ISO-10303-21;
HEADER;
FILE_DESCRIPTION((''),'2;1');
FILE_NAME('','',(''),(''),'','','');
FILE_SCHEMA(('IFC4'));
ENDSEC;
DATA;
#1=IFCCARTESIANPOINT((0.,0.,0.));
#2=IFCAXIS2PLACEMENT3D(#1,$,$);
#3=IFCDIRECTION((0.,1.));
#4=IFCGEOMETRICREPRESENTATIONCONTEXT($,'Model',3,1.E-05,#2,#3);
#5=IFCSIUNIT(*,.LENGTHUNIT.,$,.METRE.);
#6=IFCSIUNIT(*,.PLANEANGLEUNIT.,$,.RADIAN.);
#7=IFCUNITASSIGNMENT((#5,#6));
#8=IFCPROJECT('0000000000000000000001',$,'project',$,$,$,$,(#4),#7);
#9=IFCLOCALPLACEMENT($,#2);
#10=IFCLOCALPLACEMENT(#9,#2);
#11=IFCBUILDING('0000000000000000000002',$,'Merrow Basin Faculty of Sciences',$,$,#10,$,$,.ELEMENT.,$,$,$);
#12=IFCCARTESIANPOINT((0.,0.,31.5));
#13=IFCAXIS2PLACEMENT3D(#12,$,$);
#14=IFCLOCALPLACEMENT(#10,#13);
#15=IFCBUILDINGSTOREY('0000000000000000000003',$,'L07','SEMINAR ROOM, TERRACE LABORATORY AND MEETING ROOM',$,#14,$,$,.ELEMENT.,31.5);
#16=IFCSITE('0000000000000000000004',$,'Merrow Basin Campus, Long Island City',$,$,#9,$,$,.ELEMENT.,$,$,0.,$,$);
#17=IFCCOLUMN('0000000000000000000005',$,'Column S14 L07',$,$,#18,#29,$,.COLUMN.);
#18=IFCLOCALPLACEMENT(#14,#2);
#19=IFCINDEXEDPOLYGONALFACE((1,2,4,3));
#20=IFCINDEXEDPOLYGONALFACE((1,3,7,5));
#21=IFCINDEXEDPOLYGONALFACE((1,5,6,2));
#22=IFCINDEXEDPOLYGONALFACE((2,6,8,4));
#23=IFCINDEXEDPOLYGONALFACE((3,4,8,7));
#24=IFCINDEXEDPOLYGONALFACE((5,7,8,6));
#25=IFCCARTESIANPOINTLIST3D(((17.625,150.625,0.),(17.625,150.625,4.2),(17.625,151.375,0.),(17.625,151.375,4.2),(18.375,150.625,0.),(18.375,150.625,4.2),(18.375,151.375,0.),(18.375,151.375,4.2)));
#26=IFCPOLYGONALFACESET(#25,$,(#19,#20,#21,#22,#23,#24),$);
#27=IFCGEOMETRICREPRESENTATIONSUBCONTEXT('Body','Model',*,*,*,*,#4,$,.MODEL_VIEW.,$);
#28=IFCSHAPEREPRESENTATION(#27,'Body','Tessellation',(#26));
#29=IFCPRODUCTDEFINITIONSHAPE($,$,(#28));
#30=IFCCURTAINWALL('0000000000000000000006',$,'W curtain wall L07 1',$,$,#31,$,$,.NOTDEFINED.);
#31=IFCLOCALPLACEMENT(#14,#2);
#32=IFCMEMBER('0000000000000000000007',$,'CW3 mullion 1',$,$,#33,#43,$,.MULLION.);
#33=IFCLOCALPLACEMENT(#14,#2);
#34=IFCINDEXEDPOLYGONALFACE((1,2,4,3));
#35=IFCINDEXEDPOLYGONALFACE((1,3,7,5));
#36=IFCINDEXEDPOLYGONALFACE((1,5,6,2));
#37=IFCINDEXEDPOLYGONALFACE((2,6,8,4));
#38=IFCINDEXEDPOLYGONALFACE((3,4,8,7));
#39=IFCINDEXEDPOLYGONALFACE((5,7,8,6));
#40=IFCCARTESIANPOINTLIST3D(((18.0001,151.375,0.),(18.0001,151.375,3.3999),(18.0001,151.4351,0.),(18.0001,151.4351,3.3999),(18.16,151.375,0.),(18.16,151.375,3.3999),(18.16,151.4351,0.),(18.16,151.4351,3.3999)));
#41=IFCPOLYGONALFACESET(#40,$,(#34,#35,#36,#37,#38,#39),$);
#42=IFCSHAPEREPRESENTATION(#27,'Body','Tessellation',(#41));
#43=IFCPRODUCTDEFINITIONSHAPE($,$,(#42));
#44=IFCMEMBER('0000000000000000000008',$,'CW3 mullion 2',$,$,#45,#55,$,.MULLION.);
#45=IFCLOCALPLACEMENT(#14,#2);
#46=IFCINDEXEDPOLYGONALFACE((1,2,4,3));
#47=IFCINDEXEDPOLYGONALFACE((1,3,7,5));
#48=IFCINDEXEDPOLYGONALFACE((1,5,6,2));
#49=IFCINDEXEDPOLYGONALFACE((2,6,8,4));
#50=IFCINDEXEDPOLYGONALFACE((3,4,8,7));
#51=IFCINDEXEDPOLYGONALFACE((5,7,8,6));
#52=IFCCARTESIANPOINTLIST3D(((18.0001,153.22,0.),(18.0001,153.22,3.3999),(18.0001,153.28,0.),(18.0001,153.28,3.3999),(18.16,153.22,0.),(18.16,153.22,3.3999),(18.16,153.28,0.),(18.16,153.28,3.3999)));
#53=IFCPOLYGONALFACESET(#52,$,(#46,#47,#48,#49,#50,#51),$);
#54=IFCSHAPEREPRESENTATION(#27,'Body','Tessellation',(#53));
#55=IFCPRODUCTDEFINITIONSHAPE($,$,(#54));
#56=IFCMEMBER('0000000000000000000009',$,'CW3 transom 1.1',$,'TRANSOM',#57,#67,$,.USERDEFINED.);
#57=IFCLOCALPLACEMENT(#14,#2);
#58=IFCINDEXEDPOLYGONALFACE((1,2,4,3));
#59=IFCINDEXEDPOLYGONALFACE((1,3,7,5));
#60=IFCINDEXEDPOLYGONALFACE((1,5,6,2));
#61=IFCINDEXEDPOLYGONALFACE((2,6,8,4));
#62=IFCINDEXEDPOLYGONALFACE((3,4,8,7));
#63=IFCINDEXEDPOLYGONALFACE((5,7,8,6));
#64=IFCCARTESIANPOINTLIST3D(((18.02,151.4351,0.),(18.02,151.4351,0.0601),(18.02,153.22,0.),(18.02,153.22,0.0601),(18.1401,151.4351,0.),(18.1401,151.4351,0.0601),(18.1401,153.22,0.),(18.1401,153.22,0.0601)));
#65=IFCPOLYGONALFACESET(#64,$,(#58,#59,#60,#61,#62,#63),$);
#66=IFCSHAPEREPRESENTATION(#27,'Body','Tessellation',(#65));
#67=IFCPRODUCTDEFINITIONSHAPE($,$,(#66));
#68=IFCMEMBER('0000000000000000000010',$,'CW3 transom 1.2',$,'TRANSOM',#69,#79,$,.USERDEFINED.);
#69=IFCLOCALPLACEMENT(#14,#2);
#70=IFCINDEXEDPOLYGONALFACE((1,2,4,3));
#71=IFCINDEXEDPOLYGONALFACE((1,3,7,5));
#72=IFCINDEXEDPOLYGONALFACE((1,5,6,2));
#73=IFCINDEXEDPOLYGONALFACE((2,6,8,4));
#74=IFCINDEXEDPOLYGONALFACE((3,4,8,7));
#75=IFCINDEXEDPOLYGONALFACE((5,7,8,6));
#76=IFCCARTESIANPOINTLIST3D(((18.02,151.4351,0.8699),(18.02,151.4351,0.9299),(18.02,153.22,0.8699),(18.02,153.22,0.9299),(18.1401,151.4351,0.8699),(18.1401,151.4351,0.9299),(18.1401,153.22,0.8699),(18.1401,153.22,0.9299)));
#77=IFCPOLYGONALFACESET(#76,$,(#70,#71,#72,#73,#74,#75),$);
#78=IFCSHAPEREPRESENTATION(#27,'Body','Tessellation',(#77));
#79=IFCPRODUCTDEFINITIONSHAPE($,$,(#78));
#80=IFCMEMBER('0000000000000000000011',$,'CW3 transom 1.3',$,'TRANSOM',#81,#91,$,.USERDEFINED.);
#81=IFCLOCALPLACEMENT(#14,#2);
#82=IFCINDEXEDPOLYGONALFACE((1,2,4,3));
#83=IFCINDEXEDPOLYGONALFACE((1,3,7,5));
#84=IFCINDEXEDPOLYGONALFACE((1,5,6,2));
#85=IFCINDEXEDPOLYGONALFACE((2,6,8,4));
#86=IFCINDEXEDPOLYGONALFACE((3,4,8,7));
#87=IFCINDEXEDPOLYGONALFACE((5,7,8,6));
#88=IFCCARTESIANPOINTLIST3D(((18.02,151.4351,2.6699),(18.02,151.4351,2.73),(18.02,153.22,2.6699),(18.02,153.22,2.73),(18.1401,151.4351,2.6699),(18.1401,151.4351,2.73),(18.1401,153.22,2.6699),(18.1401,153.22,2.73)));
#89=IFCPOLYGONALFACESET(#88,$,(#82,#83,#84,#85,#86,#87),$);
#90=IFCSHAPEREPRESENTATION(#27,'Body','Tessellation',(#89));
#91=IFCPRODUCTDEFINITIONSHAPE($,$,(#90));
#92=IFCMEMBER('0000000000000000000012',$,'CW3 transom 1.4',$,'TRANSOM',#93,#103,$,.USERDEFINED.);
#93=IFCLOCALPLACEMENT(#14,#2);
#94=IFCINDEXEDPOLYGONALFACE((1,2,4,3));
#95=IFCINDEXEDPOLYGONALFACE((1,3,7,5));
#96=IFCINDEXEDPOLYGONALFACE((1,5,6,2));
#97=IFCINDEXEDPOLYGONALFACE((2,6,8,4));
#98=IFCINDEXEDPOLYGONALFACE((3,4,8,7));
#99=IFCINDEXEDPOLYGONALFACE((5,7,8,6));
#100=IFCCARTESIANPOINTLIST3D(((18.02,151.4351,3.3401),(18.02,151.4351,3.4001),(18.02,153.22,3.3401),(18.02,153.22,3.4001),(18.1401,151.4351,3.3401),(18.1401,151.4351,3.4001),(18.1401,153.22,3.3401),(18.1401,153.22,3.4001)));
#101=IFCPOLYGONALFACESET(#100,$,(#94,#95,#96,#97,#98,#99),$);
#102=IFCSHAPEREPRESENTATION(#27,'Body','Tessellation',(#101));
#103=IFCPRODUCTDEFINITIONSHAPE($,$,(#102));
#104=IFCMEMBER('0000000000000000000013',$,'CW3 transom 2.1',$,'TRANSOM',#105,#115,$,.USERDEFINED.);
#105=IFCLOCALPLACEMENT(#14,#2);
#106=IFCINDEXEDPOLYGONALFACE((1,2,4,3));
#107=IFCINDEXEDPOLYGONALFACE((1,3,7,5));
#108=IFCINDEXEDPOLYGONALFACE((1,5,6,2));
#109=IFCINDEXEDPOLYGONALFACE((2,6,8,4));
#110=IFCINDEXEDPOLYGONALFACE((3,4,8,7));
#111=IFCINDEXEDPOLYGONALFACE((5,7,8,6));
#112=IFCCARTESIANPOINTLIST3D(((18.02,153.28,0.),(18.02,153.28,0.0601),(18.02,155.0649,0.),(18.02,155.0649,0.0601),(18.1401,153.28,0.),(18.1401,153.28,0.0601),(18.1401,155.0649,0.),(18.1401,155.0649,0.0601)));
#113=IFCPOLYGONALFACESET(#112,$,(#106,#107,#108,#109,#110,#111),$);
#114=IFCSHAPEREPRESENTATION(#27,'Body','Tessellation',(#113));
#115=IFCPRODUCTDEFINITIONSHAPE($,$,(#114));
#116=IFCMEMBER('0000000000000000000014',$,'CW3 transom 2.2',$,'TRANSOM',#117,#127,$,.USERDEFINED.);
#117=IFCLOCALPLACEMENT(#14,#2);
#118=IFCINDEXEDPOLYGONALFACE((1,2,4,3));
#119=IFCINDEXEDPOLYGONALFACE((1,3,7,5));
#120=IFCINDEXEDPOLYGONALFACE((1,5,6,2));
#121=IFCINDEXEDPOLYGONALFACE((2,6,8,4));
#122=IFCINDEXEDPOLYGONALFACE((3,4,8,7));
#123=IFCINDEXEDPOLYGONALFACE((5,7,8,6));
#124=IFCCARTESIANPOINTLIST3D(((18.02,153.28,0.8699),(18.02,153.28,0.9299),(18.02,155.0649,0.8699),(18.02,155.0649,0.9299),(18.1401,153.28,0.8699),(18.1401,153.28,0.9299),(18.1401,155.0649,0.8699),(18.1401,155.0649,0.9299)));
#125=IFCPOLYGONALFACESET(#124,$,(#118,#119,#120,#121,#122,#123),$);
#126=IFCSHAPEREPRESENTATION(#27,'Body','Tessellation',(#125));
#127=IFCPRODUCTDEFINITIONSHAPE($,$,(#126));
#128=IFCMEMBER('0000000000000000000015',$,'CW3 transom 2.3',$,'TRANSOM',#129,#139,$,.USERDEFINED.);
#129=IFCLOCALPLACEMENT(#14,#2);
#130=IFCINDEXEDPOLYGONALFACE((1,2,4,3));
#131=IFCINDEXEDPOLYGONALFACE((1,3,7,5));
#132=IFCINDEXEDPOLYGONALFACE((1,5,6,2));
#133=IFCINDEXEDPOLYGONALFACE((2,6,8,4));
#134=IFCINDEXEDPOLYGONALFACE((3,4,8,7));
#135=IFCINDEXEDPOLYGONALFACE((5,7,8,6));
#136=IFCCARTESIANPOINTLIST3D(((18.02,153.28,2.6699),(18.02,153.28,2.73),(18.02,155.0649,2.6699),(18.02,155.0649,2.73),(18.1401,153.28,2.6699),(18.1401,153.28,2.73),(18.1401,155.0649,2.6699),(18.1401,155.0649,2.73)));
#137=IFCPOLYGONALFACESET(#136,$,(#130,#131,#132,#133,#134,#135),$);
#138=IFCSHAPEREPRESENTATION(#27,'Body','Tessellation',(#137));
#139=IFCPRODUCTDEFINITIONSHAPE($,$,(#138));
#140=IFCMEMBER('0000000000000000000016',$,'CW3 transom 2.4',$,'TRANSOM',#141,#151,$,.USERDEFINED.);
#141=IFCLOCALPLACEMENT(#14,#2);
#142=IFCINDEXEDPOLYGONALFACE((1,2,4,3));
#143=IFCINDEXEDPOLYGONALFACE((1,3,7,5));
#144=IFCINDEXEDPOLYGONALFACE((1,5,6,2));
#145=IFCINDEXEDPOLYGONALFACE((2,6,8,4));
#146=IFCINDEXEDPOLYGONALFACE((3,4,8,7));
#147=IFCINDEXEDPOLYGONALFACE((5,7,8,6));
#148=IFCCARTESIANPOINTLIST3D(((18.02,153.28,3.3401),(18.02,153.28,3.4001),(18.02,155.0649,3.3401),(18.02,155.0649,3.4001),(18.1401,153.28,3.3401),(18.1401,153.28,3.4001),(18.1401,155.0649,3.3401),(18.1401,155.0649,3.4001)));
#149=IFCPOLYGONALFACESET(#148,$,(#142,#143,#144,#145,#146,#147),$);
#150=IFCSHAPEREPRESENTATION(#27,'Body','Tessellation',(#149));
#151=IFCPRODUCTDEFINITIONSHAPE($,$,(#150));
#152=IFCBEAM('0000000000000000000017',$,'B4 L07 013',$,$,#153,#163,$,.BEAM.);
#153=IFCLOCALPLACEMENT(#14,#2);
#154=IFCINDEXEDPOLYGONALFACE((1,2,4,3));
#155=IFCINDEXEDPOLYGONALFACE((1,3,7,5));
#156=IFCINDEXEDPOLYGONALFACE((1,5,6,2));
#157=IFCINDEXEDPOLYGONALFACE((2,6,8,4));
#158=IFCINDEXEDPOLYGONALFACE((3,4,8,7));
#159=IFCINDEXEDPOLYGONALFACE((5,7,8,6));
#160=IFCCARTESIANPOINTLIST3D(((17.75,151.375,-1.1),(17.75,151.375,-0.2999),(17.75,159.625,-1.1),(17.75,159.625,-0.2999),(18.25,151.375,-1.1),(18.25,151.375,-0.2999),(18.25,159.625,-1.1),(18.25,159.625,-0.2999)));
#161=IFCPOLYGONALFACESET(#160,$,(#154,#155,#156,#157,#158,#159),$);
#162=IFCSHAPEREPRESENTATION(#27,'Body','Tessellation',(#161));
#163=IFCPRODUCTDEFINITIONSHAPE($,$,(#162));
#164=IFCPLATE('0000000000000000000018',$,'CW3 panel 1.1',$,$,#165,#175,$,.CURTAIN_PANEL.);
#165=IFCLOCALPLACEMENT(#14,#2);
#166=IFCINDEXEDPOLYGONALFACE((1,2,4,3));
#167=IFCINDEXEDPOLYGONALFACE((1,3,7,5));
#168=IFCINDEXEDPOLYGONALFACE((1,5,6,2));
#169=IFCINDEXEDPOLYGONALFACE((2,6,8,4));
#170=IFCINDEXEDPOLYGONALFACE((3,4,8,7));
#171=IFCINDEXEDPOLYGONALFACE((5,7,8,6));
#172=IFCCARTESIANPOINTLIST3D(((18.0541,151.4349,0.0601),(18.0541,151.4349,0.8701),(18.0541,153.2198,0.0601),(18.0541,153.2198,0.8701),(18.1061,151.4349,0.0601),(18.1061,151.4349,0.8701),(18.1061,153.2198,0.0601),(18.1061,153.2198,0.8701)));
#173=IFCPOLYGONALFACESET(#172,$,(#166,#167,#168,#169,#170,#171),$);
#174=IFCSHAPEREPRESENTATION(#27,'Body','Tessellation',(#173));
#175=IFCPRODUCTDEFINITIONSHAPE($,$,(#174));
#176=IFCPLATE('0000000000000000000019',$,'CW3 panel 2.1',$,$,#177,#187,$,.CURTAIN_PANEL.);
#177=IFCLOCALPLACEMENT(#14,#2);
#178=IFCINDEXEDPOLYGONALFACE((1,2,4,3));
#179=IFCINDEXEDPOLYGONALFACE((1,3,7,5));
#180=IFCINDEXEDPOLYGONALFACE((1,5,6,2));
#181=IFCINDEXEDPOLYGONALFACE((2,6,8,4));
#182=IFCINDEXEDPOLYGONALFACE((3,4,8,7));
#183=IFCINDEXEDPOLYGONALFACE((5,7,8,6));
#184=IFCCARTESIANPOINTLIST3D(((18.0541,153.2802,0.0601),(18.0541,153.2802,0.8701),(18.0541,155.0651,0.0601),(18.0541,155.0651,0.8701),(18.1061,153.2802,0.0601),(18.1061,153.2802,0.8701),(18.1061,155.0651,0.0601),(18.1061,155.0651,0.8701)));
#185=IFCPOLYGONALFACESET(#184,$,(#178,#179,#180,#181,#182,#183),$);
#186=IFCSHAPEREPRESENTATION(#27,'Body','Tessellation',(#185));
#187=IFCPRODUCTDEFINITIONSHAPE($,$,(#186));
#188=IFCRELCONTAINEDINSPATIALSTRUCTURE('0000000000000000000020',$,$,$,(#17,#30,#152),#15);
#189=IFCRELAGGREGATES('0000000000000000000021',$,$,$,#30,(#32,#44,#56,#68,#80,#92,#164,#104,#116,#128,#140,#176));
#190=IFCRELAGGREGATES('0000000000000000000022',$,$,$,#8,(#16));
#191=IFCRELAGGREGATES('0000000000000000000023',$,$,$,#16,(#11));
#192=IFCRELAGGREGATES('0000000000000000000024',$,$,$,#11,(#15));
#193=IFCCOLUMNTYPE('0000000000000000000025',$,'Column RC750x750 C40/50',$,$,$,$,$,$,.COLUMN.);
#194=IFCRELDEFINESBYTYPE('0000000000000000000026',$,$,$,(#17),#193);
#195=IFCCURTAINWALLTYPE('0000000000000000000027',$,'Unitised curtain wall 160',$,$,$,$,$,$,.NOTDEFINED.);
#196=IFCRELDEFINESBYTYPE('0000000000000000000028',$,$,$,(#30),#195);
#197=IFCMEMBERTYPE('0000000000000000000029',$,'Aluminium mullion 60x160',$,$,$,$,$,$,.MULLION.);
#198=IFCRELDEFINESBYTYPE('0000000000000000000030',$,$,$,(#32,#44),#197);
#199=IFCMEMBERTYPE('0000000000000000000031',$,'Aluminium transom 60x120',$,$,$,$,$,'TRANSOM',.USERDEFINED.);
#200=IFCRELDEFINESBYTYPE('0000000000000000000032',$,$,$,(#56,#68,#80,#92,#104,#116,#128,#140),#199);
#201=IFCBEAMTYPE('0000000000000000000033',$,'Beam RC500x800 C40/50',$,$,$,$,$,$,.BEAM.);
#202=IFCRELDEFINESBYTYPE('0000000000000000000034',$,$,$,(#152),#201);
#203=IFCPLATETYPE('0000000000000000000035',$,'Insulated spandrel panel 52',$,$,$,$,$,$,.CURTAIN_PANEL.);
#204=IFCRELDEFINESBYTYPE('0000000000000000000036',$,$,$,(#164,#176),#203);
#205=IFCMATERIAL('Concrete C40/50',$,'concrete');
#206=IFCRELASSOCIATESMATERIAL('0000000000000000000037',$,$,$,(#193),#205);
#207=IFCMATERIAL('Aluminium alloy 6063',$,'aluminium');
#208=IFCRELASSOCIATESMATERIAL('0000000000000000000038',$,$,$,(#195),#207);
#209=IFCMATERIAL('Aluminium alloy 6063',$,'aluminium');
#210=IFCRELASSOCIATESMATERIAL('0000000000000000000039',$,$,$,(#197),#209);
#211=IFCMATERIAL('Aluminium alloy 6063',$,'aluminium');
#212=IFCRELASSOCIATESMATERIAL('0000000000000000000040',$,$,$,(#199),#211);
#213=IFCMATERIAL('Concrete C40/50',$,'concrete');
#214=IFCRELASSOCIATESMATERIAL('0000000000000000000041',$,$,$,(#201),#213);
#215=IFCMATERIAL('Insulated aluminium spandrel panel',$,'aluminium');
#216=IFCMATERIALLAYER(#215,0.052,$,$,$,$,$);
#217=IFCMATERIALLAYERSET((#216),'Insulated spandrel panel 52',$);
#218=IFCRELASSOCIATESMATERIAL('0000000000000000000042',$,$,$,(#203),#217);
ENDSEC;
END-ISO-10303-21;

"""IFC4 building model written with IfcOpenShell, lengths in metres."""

from ifc_helpers import new_model, si_unit, direction, frame, origin, origin_2d, place, context, subcontext, project, spatial, rectangle, extrude, material, layer, layer_set, material_profile, profile_set, type_object, element, aggregate, save


model = new_model("IFC4")

# Units and contexts
model_context = context("Model", 3, precision=1e-05, world=origin(), true_north=direction((0.0, 1.0)))
body_context = subcontext(model_context, "Body", "Model", "MODEL_VIEW")
ifc_project = project(units=[si_unit("LENGTHUNIT", "METRE"), si_unit("PLANEANGLEUNIT", "RADIAN")], contexts=[model_context])

# Site, building, storey
site_placement = place(None, origin())
site = spatial("IfcSite", under=ifc_project, at=site_placement, Name="Merrow Basin Campus, Long Island City", CompositionType="ELEMENT", RefElevation=0.0)
building_placement = place(site_placement, origin())
building = spatial("IfcBuilding", under=site, at=building_placement, Name="Merrow Basin Faculty of Sciences", CompositionType="ELEMENT")
storey_placement = place(building_placement, frame((0.0, 0.0, 31.5)))
storey = spatial("IfcBuildingStorey", under=building, at=storey_placement, Name="L07", Description="SEMINAR ROOM, TERRACE LABORATORY AND MEETING ROOM", CompositionType="ELEMENT", Elevation=31.5)

# Column
ifc_material_1 = material(Name="Concrete C40/50", Category="concrete")
ifc_material_profile_1 = material_profile(ifc_material_1, rectangle(XDim=0.75, YDim=0.75, at=origin_2d()))
ifc_profile_set_1 = profile_set([ifc_material_profile_1], Name="Concrete C40/50")
column_type = type_object("IfcColumnType", Name="Column RC750x750 C40/50", PredefinedType="COLUMN", material=ifc_profile_set_1)
column_placement = place(storey_placement, frame((18.0, 151.0, 0.0), z_axis=(0.0, 0.0, 1.0), x_axis=(1.0, 0.0, 0.0)))
element("IfcColumn", 1, at=column_placement, inside=storey, type_object=column_type, Name="Column S14 L07", PredefinedType="COLUMN", context=body_context, shape_type="SweptSolid", body=[
    extrude(rectangle(XDim=0.75, YDim=0.75, at=origin_2d()), origin(), (0.0, 0.0, 1.0), 4.2),
])

# Curtain wall, members
ifc_material_2 = material(Name="Aluminium alloy 6063", Category="aluminium")
curtain_wall_type = type_object("IfcCurtainWallType", Name="Unitised curtain wall 160", PredefinedType="NOTDEFINED", material=ifc_material_2)
curtain_wall_placement = place(storey_placement, origin())
curtain_wall = element("IfcCurtainWall", 2, at=curtain_wall_placement, inside=storey, type_object=curtain_wall_type, Name="W curtain wall L07 1", PredefinedType="NOTDEFINED")
ifc_material_3 = material(Name="Aluminium alloy 6063", Category="aluminium")
ifc_material_profile_2 = material_profile(ifc_material_3, rectangle(XDim=0.1599, YDim=0.0601, at=origin_2d()))
ifc_profile_set_2 = profile_set([ifc_material_profile_2], Name="Aluminium alloy 6063")
member_type_1 = type_object("IfcMemberType", Name="Aluminium mullion 60x160", PredefinedType="MULLION", material=ifc_profile_set_2)
member_1_placement = place(storey_placement, frame((18.0801, 151.405, 0.0), z_axis=(0.0, 0.0, 1.0), x_axis=(-1.0, 0.0, 0.0)))
member_1 = element("IfcMember", 3, at=member_1_placement, type_object=member_type_1, Name="CW3 mullion 1", PredefinedType="MULLION", context=body_context, shape_type="SweptSolid", body=[
    extrude(rectangle(XDim=0.1599, YDim=0.0601, at=origin_2d()), origin(), (0.0, 0.0, 1.0), 3.3999),
])
member_2_placement = place(storey_placement, frame((18.0801, 153.25, 0.0), z_axis=(0.0, 0.0, 1.0), x_axis=(-1.0, 0.0, 0.0)))
member_2 = element("IfcMember", 4, at=member_2_placement, type_object=member_type_1, Name="CW3 mullion 2", PredefinedType="MULLION", context=body_context, shape_type="SweptSolid", body=[
    extrude(rectangle(XDim=0.1599, YDim=0.0601, at=origin_2d()), origin(), (0.0, 0.0, 1.0), 3.3999),
])
ifc_material_4 = material(Name="Aluminium alloy 6063", Category="aluminium")
ifc_material_profile_3 = material_profile(ifc_material_4, rectangle(XDim=0.1201, YDim=0.0601, at=origin_2d()))
ifc_profile_set_3 = profile_set([ifc_material_profile_3], Name="Aluminium alloy 6063")
member_type_2 = type_object("IfcMemberType", Name="Aluminium transom 60x120", ElementType="TRANSOM", PredefinedType="USERDEFINED", material=ifc_profile_set_3)
member_3_placement = place(storey_placement, frame((18.0801, 151.4351, 0.03), z_axis=(0.0, 1.0, 0.0), x_axis=(-1.0, 0.0, 0.0)))
member_3 = element("IfcMember", 5, at=member_3_placement, type_object=member_type_2, Name="CW3 transom 1.1", ObjectType="TRANSOM", PredefinedType="USERDEFINED", context=body_context, shape_type="SweptSolid", body=[
    extrude(rectangle(XDim=0.1201, YDim=0.0601, at=origin_2d()), origin(), (0.0, 0.0, 1.0), 1.7849),
])
member_4_placement = place(storey_placement, frame((18.0801, 151.4351, 0.8999), z_axis=(0.0, 1.0, 0.0), x_axis=(-1.0, 0.0, 0.0)))
member_4 = element("IfcMember", 6, at=member_4_placement, type_object=member_type_2, Name="CW3 transom 1.2", ObjectType="TRANSOM", PredefinedType="USERDEFINED", context=body_context, shape_type="SweptSolid", body=[
    extrude(rectangle(XDim=0.1201, YDim=0.0601, at=origin_2d()), origin(), (0.0, 0.0, 1.0), 1.7849),
])
member_5_placement = place(storey_placement, frame((18.0801, 151.4351, 2.7), z_axis=(0.0, 1.0, 0.0), x_axis=(-1.0, 0.0, 0.0)))
member_5 = element("IfcMember", 7, at=member_5_placement, type_object=member_type_2, Name="CW3 transom 1.3", ObjectType="TRANSOM", PredefinedType="USERDEFINED", context=body_context, shape_type="SweptSolid", body=[
    extrude(rectangle(XDim=0.1201, YDim=0.0601, at=origin_2d()), origin(), (0.0, 0.0, 1.0), 1.7849),
])
member_6_placement = place(storey_placement, frame((18.0801, 151.4351, 3.3701), z_axis=(0.0, 1.0, 0.0), x_axis=(-1.0, 0.0, 0.0)))
member_6 = element("IfcMember", 8, at=member_6_placement, type_object=member_type_2, Name="CW3 transom 1.4", ObjectType="TRANSOM", PredefinedType="USERDEFINED", context=body_context, shape_type="SweptSolid", body=[
    extrude(rectangle(XDim=0.1201, YDim=0.0601, at=origin_2d()), origin(), (0.0, 0.0, 1.0), 1.7849),
])
member_7_placement = place(storey_placement, frame((18.0801, 153.28, 0.03), z_axis=(0.0, 1.0, 0.0), x_axis=(-1.0, 0.0, 0.0)))
member_7 = element("IfcMember", 9, at=member_7_placement, type_object=member_type_2, Name="CW3 transom 2.1", ObjectType="TRANSOM", PredefinedType="USERDEFINED", context=body_context, shape_type="SweptSolid", body=[
    extrude(rectangle(XDim=0.1201, YDim=0.0601, at=origin_2d()), origin(), (0.0, 0.0, 1.0), 1.7849),
])
member_8_placement = place(storey_placement, frame((18.0801, 153.28, 0.8999), z_axis=(0.0, 1.0, 0.0), x_axis=(-1.0, 0.0, 0.0)))
member_8 = element("IfcMember", 10, at=member_8_placement, type_object=member_type_2, Name="CW3 transom 2.2", ObjectType="TRANSOM", PredefinedType="USERDEFINED", context=body_context, shape_type="SweptSolid", body=[
    extrude(rectangle(XDim=0.1201, YDim=0.0601, at=origin_2d()), origin(), (0.0, 0.0, 1.0), 1.7849),
])
member_9_placement = place(storey_placement, frame((18.0801, 153.28, 2.7), z_axis=(0.0, 1.0, 0.0), x_axis=(-1.0, 0.0, 0.0)))
member_9 = element("IfcMember", 11, at=member_9_placement, type_object=member_type_2, Name="CW3 transom 2.3", ObjectType="TRANSOM", PredefinedType="USERDEFINED", context=body_context, shape_type="SweptSolid", body=[
    extrude(rectangle(XDim=0.1201, YDim=0.0601, at=origin_2d()), origin(), (0.0, 0.0, 1.0), 1.7849),
])
member_10_placement = place(storey_placement, frame((18.0801, 153.28, 3.3701), z_axis=(0.0, 1.0, 0.0), x_axis=(-1.0, 0.0, 0.0)))
member_10 = element("IfcMember", 12, at=member_10_placement, type_object=member_type_2, Name="CW3 transom 2.4", ObjectType="TRANSOM", PredefinedType="USERDEFINED", context=body_context, shape_type="SweptSolid", body=[
    extrude(rectangle(XDim=0.1201, YDim=0.0601, at=origin_2d()), origin(), (0.0, 0.0, 1.0), 1.7849),
])

# Beam
ifc_material_5 = material(Name="Concrete C40/50", Category="concrete")
ifc_material_profile_4 = material_profile(ifc_material_5, rectangle(XDim=0.5, YDim=0.8, at=origin_2d()))
ifc_profile_set_4 = profile_set([ifc_material_profile_4], Name="Concrete C40/50")
beam_type = type_object("IfcBeamType", Name="Beam RC500x800 C40/50", PredefinedType="BEAM", material=ifc_profile_set_4)
beam_placement = place(storey_placement, frame((18.0, 151.375, -0.7), z_axis=(0.0, 1.0, 0.0), x_axis=(-1.0, 0.0, 0.0)))
element("IfcBeam", 13, at=beam_placement, inside=storey, type_object=beam_type, Name="B4 L07 013", PredefinedType="BEAM", context=body_context, shape_type="SweptSolid", body=[
    extrude(rectangle(XDim=0.5, YDim=0.8, at=origin_2d()), origin(), (0.0, 0.0, 1.0), 8.25),
])

# Plates
ifc_material_6 = material(Name="Insulated aluminium spandrel panel", Category="aluminium")
ifc_layer_1 = layer(ifc_material_6, 0.052)
ifc_layer_set_1 = layer_set([ifc_layer_1], Name="Insulated spandrel panel 52")
plate_type_1 = type_object("IfcPlateType", Name="Insulated spandrel panel 52", PredefinedType="CURTAIN_PANEL", material=ifc_layer_set_1)
plate_1_placement = place(storey_placement, frame((18.0801, 152.3274, 0.0601), z_axis=(0.0, 0.0, 1.0), x_axis=(0.0, 1.0, 0.0)))
plate_1 = element("IfcPlate", 14, at=plate_1_placement, type_object=plate_type_1, Name="CW3 panel 1.1", PredefinedType="CURTAIN_PANEL", context=body_context, shape_type="SweptSolid", body=[
    extrude(rectangle(XDim=1.7849, YDim=0.052, at=origin_2d()), origin(), (0.0, 0.0, 1.0), 0.8101),
])
plate_2_placement = place(storey_placement, frame((18.0801, 154.1726, 0.0601), z_axis=(0.0, 0.0, 1.0), x_axis=(0.0, 1.0, 0.0)))
plate_2 = element("IfcPlate", 15, at=plate_2_placement, type_object=plate_type_1, Name="CW3 panel 2.1", PredefinedType="CURTAIN_PANEL", context=body_context, shape_type="SweptSolid", body=[
    extrude(rectangle(XDim=1.7849, YDim=0.052, at=origin_2d()), origin(), (0.0, 0.0, 1.0), 0.8101),
])
aggregate(curtain_wall, [member_1, member_2, member_3, member_4, member_5, member_6, plate_1, member_7, member_8, member_9, member_10, plate_2])

save(model, "model.ifc")
